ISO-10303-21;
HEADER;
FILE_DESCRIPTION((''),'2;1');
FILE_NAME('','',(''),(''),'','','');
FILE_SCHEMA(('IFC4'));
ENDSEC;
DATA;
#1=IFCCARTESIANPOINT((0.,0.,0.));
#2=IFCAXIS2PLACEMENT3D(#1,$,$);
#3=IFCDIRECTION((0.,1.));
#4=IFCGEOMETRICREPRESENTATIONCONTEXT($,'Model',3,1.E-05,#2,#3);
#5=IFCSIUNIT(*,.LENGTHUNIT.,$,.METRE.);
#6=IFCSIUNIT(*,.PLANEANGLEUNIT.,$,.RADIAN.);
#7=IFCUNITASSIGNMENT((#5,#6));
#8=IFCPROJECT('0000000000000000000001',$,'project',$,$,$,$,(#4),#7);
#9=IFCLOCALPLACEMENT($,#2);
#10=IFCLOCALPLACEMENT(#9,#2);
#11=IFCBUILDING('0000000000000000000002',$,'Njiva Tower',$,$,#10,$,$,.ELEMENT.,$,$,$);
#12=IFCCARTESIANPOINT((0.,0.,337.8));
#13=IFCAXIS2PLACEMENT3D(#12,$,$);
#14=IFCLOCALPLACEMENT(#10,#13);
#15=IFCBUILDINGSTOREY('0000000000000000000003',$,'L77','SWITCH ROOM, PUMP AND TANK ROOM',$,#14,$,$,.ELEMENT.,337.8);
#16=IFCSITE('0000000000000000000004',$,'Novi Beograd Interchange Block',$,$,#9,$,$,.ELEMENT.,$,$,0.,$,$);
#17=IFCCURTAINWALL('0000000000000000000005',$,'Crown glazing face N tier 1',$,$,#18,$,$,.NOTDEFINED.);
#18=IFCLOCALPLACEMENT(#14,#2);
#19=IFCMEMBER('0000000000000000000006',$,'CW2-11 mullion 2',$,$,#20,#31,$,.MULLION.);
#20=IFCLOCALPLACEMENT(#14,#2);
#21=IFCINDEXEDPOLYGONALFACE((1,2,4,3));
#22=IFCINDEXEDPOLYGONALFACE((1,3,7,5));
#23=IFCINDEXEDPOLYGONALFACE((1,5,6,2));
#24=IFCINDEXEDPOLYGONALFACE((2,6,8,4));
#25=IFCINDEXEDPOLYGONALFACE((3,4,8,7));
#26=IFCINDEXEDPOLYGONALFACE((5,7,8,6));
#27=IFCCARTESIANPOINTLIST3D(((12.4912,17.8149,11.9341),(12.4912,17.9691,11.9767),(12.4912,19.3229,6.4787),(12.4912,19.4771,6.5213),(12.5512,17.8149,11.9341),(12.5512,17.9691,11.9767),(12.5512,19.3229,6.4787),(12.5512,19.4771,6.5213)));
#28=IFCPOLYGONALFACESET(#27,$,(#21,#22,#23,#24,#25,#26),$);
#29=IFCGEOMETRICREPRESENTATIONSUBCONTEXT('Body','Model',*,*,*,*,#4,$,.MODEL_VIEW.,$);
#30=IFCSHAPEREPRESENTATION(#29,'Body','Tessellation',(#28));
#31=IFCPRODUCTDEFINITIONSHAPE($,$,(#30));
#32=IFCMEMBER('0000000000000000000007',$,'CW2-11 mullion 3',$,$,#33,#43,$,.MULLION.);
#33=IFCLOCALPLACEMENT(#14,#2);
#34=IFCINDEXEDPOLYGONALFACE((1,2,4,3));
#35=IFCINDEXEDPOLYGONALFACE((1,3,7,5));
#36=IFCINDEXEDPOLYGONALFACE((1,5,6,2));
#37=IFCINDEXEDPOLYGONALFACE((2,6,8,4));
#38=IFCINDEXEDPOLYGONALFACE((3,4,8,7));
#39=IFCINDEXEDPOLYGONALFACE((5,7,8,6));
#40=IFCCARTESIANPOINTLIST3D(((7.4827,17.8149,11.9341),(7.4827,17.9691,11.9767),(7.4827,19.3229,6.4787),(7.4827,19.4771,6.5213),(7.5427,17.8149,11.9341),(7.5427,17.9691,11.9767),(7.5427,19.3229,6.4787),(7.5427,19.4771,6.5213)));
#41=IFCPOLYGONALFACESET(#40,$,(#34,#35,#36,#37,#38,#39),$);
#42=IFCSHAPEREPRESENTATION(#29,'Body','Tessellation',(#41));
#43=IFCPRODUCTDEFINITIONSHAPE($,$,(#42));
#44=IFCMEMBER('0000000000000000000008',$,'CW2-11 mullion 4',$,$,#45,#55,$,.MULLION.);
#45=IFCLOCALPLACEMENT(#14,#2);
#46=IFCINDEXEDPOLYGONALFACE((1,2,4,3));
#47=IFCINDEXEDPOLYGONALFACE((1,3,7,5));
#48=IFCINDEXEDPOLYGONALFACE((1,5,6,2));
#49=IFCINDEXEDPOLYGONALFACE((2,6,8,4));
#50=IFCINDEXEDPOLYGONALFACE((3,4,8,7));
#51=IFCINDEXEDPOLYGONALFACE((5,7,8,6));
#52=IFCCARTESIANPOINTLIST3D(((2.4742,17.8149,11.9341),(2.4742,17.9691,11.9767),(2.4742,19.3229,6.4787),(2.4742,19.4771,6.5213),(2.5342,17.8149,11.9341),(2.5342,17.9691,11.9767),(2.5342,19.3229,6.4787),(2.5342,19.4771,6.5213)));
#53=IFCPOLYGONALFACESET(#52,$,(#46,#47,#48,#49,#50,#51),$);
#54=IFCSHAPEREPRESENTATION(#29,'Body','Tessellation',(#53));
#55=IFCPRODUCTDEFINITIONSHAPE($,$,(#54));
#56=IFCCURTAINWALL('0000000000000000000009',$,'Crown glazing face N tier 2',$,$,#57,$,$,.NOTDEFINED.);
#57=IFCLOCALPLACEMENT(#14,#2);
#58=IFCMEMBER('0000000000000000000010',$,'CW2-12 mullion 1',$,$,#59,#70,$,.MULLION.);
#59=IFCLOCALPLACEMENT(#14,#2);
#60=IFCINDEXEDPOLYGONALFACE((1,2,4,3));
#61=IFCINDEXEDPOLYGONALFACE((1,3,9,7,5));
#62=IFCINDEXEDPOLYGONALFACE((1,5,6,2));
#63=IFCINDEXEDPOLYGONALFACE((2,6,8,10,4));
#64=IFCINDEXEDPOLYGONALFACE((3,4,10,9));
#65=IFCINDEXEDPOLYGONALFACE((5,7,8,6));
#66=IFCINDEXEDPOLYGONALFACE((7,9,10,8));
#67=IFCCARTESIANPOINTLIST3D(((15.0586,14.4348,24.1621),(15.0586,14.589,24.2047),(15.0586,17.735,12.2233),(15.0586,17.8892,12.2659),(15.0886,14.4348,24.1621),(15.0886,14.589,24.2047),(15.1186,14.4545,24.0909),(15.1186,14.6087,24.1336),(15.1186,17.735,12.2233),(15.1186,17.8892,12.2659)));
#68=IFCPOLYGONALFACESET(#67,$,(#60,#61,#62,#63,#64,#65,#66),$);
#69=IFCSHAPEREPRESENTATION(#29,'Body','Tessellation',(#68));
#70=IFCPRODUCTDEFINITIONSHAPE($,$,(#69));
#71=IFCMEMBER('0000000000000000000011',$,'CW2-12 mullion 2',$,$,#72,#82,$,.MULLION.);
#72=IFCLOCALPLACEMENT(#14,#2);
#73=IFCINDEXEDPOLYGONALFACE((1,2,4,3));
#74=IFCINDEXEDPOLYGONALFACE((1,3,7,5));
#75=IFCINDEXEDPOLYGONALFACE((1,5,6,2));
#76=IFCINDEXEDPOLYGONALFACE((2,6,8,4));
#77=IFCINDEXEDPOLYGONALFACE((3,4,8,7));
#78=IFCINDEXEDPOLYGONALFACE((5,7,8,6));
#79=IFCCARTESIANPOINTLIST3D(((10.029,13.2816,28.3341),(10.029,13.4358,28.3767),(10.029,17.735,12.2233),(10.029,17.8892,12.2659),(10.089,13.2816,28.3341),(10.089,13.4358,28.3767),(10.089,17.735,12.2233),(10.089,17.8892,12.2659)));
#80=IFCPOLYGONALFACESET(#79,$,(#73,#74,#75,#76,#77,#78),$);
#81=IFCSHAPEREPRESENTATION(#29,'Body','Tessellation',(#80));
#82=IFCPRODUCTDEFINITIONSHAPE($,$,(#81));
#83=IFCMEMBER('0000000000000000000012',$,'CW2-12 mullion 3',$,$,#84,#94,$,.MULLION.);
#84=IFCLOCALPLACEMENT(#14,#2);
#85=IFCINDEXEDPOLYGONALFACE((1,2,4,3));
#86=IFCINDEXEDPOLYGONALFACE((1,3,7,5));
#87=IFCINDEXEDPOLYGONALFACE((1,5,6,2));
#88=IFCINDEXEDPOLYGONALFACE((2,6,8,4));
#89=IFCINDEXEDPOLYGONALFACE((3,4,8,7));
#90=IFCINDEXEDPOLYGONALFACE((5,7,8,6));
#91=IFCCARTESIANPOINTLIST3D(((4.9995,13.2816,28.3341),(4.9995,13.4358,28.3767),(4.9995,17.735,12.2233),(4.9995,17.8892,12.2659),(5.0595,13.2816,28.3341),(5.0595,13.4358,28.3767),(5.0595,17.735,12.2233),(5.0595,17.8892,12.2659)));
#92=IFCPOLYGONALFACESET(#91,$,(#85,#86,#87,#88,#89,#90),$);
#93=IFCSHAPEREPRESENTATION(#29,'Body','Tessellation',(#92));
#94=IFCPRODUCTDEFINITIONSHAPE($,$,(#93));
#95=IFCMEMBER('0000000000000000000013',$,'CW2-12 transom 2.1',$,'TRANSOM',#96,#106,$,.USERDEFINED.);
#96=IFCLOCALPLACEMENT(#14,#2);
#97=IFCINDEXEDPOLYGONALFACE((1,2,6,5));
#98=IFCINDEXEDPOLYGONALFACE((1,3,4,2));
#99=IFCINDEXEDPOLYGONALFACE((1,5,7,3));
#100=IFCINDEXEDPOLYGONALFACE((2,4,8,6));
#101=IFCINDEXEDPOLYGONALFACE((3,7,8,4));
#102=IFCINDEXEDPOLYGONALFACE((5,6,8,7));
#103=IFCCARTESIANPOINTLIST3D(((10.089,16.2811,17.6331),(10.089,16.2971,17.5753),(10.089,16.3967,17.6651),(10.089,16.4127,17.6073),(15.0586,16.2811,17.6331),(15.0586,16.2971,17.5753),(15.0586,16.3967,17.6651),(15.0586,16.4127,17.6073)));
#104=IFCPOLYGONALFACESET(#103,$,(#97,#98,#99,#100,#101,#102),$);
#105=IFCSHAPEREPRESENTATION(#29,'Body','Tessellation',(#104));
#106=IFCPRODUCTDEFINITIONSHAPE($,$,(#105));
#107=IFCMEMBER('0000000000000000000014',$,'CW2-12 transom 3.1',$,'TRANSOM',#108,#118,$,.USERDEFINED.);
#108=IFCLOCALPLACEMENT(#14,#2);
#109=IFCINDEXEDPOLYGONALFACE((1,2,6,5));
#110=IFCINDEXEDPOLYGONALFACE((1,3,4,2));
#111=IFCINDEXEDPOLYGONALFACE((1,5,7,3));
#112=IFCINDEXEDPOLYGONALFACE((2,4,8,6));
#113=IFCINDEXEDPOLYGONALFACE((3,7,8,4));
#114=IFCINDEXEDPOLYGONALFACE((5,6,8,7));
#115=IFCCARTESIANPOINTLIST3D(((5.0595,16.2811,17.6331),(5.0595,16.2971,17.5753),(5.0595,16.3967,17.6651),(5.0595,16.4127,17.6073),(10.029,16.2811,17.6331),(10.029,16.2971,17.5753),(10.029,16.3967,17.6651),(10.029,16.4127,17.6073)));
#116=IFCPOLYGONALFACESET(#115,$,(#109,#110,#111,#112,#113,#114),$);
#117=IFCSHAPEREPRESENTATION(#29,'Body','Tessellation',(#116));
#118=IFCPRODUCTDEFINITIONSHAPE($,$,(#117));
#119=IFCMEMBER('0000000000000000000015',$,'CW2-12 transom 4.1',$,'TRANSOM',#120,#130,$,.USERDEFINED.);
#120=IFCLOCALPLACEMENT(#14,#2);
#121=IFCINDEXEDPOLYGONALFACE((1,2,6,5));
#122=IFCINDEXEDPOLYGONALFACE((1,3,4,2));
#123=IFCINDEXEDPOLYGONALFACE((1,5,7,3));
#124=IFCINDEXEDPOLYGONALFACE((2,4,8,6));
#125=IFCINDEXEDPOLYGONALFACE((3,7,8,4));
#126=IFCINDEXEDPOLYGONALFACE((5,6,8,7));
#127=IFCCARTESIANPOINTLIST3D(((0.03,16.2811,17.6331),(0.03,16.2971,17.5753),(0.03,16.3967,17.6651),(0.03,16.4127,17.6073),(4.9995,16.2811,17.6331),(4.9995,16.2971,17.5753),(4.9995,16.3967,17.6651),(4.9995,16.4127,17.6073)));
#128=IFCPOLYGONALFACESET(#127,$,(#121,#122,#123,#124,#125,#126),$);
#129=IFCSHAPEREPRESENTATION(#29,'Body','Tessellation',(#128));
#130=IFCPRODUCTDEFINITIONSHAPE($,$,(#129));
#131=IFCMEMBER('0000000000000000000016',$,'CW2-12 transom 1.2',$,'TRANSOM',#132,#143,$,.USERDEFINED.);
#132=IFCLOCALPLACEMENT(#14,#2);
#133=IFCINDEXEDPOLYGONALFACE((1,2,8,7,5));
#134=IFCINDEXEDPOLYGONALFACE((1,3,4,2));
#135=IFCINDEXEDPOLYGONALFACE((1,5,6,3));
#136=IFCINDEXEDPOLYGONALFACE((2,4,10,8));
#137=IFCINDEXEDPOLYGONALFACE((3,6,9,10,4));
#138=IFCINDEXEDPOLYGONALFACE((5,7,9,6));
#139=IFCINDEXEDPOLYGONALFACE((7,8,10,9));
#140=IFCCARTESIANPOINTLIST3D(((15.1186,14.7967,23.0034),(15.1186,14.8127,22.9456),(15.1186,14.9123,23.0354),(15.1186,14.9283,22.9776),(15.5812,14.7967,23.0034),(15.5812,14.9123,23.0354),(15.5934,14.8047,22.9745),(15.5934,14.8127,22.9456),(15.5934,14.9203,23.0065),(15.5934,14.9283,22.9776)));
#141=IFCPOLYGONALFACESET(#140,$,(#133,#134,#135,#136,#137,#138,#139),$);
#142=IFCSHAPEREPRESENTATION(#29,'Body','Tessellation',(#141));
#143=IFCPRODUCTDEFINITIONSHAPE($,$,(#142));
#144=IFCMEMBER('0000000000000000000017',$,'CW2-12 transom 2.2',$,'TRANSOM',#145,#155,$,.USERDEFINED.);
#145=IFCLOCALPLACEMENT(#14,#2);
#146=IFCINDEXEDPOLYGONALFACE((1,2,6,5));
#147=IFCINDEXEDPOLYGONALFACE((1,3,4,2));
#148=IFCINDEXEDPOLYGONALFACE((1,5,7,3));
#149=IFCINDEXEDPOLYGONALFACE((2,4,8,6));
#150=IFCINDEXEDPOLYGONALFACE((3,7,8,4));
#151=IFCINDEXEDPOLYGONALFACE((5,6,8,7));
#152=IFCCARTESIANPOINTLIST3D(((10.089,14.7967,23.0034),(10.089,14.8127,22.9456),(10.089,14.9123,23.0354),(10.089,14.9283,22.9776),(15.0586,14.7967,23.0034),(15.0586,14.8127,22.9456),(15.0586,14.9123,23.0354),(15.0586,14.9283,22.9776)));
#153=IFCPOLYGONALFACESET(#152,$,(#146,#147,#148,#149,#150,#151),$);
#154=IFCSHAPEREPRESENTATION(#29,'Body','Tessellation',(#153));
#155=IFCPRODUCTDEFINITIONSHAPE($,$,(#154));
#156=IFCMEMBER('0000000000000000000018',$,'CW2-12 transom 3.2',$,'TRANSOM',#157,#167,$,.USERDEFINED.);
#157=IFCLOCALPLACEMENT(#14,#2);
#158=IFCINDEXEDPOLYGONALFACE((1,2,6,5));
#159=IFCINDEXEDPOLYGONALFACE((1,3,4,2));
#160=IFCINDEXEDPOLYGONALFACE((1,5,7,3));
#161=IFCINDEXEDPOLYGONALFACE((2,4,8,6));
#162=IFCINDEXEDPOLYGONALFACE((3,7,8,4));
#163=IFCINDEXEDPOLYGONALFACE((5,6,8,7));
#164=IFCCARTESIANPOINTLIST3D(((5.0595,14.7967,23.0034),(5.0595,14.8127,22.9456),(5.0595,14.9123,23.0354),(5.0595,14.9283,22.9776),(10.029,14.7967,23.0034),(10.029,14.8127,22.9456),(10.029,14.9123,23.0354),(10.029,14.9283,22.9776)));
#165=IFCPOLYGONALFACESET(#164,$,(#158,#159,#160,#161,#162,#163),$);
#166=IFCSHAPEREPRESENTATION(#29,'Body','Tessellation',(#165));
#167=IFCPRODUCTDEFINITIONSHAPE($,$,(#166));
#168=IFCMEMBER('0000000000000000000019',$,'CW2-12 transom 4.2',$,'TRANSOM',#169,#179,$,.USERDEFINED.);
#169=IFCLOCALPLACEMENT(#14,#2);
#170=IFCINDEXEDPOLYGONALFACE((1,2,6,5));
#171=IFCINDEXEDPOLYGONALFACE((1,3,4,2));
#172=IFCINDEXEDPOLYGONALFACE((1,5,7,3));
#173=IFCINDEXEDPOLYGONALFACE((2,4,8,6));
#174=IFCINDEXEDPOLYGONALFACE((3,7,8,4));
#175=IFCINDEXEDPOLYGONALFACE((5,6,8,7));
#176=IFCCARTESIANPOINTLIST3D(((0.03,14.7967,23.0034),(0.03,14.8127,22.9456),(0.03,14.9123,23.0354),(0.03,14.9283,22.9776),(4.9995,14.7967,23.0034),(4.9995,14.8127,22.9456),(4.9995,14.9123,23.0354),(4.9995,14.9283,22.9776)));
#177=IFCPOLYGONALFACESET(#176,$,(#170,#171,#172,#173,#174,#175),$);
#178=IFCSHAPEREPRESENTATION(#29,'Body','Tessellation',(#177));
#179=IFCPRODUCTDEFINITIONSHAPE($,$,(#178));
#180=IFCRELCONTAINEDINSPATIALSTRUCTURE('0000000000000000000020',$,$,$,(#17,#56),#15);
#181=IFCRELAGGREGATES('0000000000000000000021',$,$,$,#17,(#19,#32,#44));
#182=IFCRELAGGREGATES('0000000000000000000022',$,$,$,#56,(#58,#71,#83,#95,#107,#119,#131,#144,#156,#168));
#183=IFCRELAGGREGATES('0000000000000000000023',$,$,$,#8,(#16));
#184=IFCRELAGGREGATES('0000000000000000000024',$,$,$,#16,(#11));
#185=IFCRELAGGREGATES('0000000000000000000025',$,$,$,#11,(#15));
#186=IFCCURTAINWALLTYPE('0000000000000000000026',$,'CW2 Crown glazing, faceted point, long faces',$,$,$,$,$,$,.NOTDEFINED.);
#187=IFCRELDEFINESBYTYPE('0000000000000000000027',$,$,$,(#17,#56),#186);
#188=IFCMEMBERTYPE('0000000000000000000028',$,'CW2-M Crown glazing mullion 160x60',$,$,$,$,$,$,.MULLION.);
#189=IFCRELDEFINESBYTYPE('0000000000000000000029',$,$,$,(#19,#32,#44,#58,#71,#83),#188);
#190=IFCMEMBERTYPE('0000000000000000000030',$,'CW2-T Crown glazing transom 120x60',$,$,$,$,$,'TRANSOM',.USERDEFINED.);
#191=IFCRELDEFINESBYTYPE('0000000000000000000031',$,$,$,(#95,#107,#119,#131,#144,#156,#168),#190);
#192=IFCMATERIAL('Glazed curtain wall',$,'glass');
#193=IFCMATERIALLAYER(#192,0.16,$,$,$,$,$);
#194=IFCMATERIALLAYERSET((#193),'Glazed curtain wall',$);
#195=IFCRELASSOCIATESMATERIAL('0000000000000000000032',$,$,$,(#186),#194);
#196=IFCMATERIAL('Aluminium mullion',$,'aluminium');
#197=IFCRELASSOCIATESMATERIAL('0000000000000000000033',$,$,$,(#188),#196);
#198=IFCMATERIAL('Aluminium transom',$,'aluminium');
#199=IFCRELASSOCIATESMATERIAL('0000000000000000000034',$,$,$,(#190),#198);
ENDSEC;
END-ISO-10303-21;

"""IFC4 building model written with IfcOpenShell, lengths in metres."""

from ifc_helpers import new_model, si_unit, direction, frame, origin, origin_2d, place, context, subcontext, project, spatial, rectangle, extrude, clip, halfspace, material, layer, layer_set, material_profile, profile_set, type_object, element, aggregate, save


model = new_model("IFC4")

# Units and contexts
model_context = context("Model", 3, precision=1e-05, world=origin(), true_north=direction((0.0, 1.0)))
body_context = subcontext(model_context, "Body", "Model", "MODEL_VIEW")
ifc_project = project(units=[si_unit("LENGTHUNIT", "METRE"), si_unit("PLANEANGLEUNIT", "RADIAN")], contexts=[model_context])

# Site, building, storey
site_placement = place(None, origin())
site = spatial("IfcSite", under=ifc_project, at=site_placement, Name="Novi Beograd Interchange Block", CompositionType="ELEMENT", RefElevation=0.0)
building_placement = place(site_placement, origin())
building = spatial("IfcBuilding", under=site, at=building_placement, Name="Njiva Tower", CompositionType="ELEMENT")
storey_placement = place(building_placement, frame((0.0, 0.0, 337.8)))
storey = spatial("IfcBuildingStorey", under=building, at=storey_placement, Name="L77", Description="SWITCH ROOM, PUMP AND TANK ROOM", CompositionType="ELEMENT", Elevation=337.8)

# Curtain walls, members
ifc_material_1 = material(Name="Glazed curtain wall", Category="glass")
ifc_layer_1 = layer(ifc_material_1, 0.16)
ifc_layer_set_1 = layer_set([ifc_layer_1], Name="Glazed curtain wall")
curtain_wall_type_1 = type_object("IfcCurtainWallType", Name="CW2 Crown glazing, faceted point, long faces", PredefinedType="NOTDEFINED", material=ifc_layer_set_1)
curtain_wall_1_placement = place(storey_placement, origin())
curtain_wall_1 = element("IfcCurtainWall", 1, at=curtain_wall_1_placement, inside=storey, type_object=curtain_wall_type_1, Name="Crown glazing face N tier 1", PredefinedType="NOTDEFINED")
ifc_material_2 = material(Name="Aluminium mullion", Category="aluminium")
ifc_material_profile_1 = material_profile(ifc_material_2, rectangle(XDim=0.16, YDim=0.06, at=origin_2d()), Name="RECT 160x60")
ifc_profile_set_1 = profile_set([ifc_material_profile_1], Name="Aluminium mullion")
member_type_1 = type_object("IfcMemberType", Name="CW2-M Crown glazing mullion 160x60", PredefinedType="MULLION", material=ifc_profile_set_1)
member_1_placement = place(storey_placement, frame((12.5212, 19.4, 6.5), z_axis=(0.0, -0.266432, 0.963854), x_axis=(0.0, 0.963854, 0.266432)))
member_1 = element("IfcMember", 2, at=member_1_placement, type_object=member_type_1, Name="CW2-11 mullion 2", PredefinedType="MULLION", context=body_context, shape_type="Clipping", body=[
    clip(clip(extrude(rectangle(XDim=0.16, YDim=0.06, at=origin_2d()), origin(), (0.0, 0.0, 1.0), 5.66), halfspace(frame((0.08, 0.0, 0.0), z_axis=(-0.000003, 0.0, -1.0), x_axis=(0.0, -1.0, 0.0)), False)), halfspace(frame((0.08, 0.0, 5.66), z_axis=(0.000003, 0.0, 1.0), x_axis=(0.0, 1.0, 0.0)), False)),
])
member_2_placement = place(storey_placement, frame((7.5127, 19.4, 6.5), z_axis=(0.0, -0.266432, 0.963854), x_axis=(0.0, 0.963854, 0.266432)))
member_2 = element("IfcMember", 3, at=member_2_placement, type_object=member_type_1, Name="CW2-11 mullion 3", PredefinedType="MULLION", context=body_context, shape_type="Clipping", body=[
    clip(clip(extrude(rectangle(XDim=0.16, YDim=0.06, at=origin_2d()), origin(), (0.0, 0.0, 1.0), 5.66), halfspace(frame((0.08, 0.0, 0.0), z_axis=(-0.000003, 0.0, -1.0), x_axis=(0.0, -1.0, 0.0)), False)), halfspace(frame((0.08, 0.0, 5.66), z_axis=(0.000003, 0.0, 1.0), x_axis=(0.0, 1.0, 0.0)), False)),
])
member_3_placement = place(storey_placement, frame((2.5042, 19.4, 6.5), z_axis=(0.0, -0.266432, 0.963854), x_axis=(0.0, 0.963854, 0.266432)))
member_3 = element("IfcMember", 4, at=member_3_placement, type_object=member_type_1, Name="CW2-11 mullion 4", PredefinedType="MULLION", context=body_context, shape_type="Clipping", body=[
    clip(clip(extrude(rectangle(XDim=0.16, YDim=0.06, at=origin_2d()), origin(), (0.0, 0.0, 1.0), 5.66), halfspace(frame((0.08, 0.0, 0.0), z_axis=(-0.000003, 0.0, -1.0), x_axis=(0.0, -1.0, 0.0)), False)), halfspace(frame((0.08, 0.0, 5.66), z_axis=(0.000003, 0.0, 1.0), x_axis=(0.0, 1.0, 0.0)), False)),
])
curtain_wall_2_placement = place(storey_placement, origin())
curtain_wall_2 = element("IfcCurtainWall", 5, at=curtain_wall_2_placement, inside=storey, type_object=curtain_wall_type_1, Name="Crown glazing face N tier 2", PredefinedType="NOTDEFINED")
member_4_placement = place(storey_placement, frame((15.0886, 17.8121, 12.2446), z_axis=(0.0, -0.266434, 0.963853), x_axis=(0.0, 0.963853, 0.266434)))
member_4 = element("IfcMember", 6, at=member_4_placement, type_object=member_type_1, Name="CW2-12 mullion 1", PredefinedType="MULLION", context=body_context, shape_type="Clipping", body=[
    clip(clip(extrude(rectangle(XDim=0.16, YDim=0.06, at=origin_2d()), origin(), (0.0, 0.0, 1.0), 12.3865), halfspace(frame((0.08, 0.0, 0.0), z_axis=(-0.000006, 0.0, -1.0), x_axis=(0.0, -1.0, 0.0)), False)), halfspace(frame((0.0801, 0.0, 12.3866), z_axis=(0.000002, -0.926532, 0.376215), x_axis=(0.0, 0.376215, 0.926532)), False)),
])
member_5_placement = place(storey_placement, frame((10.059, 17.8121, 12.2446), z_axis=(0.0, -0.266432, 0.963854), x_axis=(0.0, 0.963854, 0.266432)))
member_5 = element("IfcMember", 7, at=member_5_placement, type_object=member_type_1, Name="CW2-12 mullion 2", PredefinedType="MULLION", context=body_context, shape_type="Clipping", body=[
    clip(clip(extrude(rectangle(XDim=0.16, YDim=0.06, at=origin_2d()), origin(), (0.0, 0.0, 1.0), 16.715), halfspace(frame((0.08, 0.0, 0.0), z_axis=(-0.000003, 0.0, -1.0), x_axis=(0.0, -1.0, 0.0)), False)), halfspace(frame((0.08, 0.0, 16.715), z_axis=(0.000003, 0.0, 1.0), x_axis=(0.0, 1.0, 0.0)), False)),
])
member_6_placement = place(storey_placement, frame((5.0295, 17.8121, 12.2446), z_axis=(0.0, -0.266432, 0.963854), x_axis=(0.0, 0.963854, 0.266432)))
member_6 = element("IfcMember", 8, at=member_6_placement, type_object=member_type_1, Name="CW2-12 mullion 3", PredefinedType="MULLION", context=body_context, shape_type="Clipping", body=[
    clip(clip(extrude(rectangle(XDim=0.16, YDim=0.06, at=origin_2d()), origin(), (0.0, 0.0, 1.0), 16.715), halfspace(frame((0.08, 0.0, 0.0), z_axis=(-0.000003, 0.0, -1.0), x_axis=(0.0, -1.0, 0.0)), False)), halfspace(frame((0.08, 0.0, 16.715), z_axis=(0.000003, 0.0, 1.0), x_axis=(0.0, 1.0, 0.0)), False)),
])
ifc_material_3 = material(Name="Aluminium transom", Category="aluminium")
ifc_material_profile_2 = material_profile(ifc_material_3, rectangle(XDim=0.12, YDim=0.06, at=origin_2d()), Name="RECT 120x60")
ifc_profile_set_2 = profile_set([ifc_material_profile_2], Name="Aluminium transom")
member_type_2 = type_object("IfcMemberType", Name="CW2-T Crown glazing transom 120x60", ElementType="TRANSOM", PredefinedType="USERDEFINED", material=ifc_profile_set_2)
member_7_placement = place(storey_placement, frame((15.0586, 16.3469, 17.6202), z_axis=(-1.0, 0.0, 0.0), x_axis=(0.0, 0.963855, 0.266428)))
member_7 = element("IfcMember", 9, at=member_7_placement, type_object=member_type_2, Name="CW2-12 transom 2.1", ObjectType="TRANSOM", PredefinedType="USERDEFINED", context=body_context, shape_type="SweptSolid", body=[
    extrude(rectangle(XDim=0.12, YDim=0.06, at=origin_2d()), origin(), (0.0, 0.0, 1.0), 4.9696),
])
member_8_placement = place(storey_placement, frame((10.029, 16.3469, 17.6202), z_axis=(-1.0, 0.0, 0.0), x_axis=(0.0, 0.963855, 0.266428)))
member_8 = element("IfcMember", 10, at=member_8_placement, type_object=member_type_2, Name="CW2-12 transom 3.1", ObjectType="TRANSOM", PredefinedType="USERDEFINED", context=body_context, shape_type="SweptSolid", body=[
    extrude(rectangle(XDim=0.12, YDim=0.06, at=origin_2d()), origin(), (0.0, 0.0, 1.0), 4.9695),
])
member_9_placement = place(storey_placement, frame((4.9995, 16.3469, 17.6202), z_axis=(-1.0, 0.0, 0.0), x_axis=(0.0, 0.963855, 0.266428)))
member_9 = element("IfcMember", 11, at=member_9_placement, type_object=member_type_2, Name="CW2-12 transom 4.1", ObjectType="TRANSOM", PredefinedType="USERDEFINED", context=body_context, shape_type="SweptSolid", body=[
    extrude(rectangle(XDim=0.12, YDim=0.06, at=origin_2d()), origin(), (0.0, 0.0, 1.0), 4.9695),
])
member_10_placement = place(storey_placement, frame((15.5934, 14.8625, 22.9905), z_axis=(-1.0, 0.0, 0.0), x_axis=(0.0, 0.963855, 0.266428)))
member_10 = element("IfcMember", 12, at=member_10_placement, type_object=member_type_2, Name="CW2-12 transom 1.2", ObjectType="TRANSOM", PredefinedType="USERDEFINED", context=body_context, shape_type="Clipping", body=[
    clip(extrude(rectangle(XDim=0.12, YDim=0.06, at=origin_2d()), origin(), (0.0, 0.0, 1.0), 0.4748), halfspace(frame((0.06, 0.0, 0.0), z_axis=(0.0, -0.376215, -0.926532), x_axis=(0.0, -0.926532, 0.376215)), False)),
])
member_11_placement = place(storey_placement, frame((15.0586, 14.8625, 22.9905), z_axis=(-1.0, 0.0, 0.0), x_axis=(0.0, 0.963855, 0.266428)))
member_11 = element("IfcMember", 13, at=member_11_placement, type_object=member_type_2, Name="CW2-12 transom 2.2", ObjectType="TRANSOM", PredefinedType="USERDEFINED", context=body_context, shape_type="SweptSolid", body=[
    extrude(rectangle(XDim=0.12, YDim=0.06, at=origin_2d()), origin(), (0.0, 0.0, 1.0), 4.9696),
])
member_12_placement = place(storey_placement, frame((10.029, 14.8625, 22.9905), z_axis=(-1.0, 0.0, 0.0), x_axis=(0.0, 0.963855, 0.266428)))
member_12 = element("IfcMember", 14, at=member_12_placement, type_object=member_type_2, Name="CW2-12 transom 3.2", ObjectType="TRANSOM", PredefinedType="USERDEFINED", context=body_context, shape_type="SweptSolid", body=[
    extrude(rectangle(XDim=0.12, YDim=0.06, at=origin_2d()), origin(), (0.0, 0.0, 1.0), 4.9695),
])
member_13_placement = place(storey_placement, frame((4.9995, 14.8625, 22.9905), z_axis=(-1.0, 0.0, 0.0), x_axis=(0.0, 0.963855, 0.266428)))
member_13 = element("IfcMember", 15, at=member_13_placement, type_object=member_type_2, Name="CW2-12 transom 4.2", ObjectType="TRANSOM", PredefinedType="USERDEFINED", context=body_context, shape_type="SweptSolid", body=[
    extrude(rectangle(XDim=0.12, YDim=0.06, at=origin_2d()), origin(), (0.0, 0.0, 1.0), 4.9695),
])

aggregate(curtain_wall_1, [member_1, member_2, member_3])
aggregate(curtain_wall_2, [member_4, member_5, member_6, member_7, member_8, member_9, member_10, member_11, member_12, member_13])

save(model, "model.ifc")
